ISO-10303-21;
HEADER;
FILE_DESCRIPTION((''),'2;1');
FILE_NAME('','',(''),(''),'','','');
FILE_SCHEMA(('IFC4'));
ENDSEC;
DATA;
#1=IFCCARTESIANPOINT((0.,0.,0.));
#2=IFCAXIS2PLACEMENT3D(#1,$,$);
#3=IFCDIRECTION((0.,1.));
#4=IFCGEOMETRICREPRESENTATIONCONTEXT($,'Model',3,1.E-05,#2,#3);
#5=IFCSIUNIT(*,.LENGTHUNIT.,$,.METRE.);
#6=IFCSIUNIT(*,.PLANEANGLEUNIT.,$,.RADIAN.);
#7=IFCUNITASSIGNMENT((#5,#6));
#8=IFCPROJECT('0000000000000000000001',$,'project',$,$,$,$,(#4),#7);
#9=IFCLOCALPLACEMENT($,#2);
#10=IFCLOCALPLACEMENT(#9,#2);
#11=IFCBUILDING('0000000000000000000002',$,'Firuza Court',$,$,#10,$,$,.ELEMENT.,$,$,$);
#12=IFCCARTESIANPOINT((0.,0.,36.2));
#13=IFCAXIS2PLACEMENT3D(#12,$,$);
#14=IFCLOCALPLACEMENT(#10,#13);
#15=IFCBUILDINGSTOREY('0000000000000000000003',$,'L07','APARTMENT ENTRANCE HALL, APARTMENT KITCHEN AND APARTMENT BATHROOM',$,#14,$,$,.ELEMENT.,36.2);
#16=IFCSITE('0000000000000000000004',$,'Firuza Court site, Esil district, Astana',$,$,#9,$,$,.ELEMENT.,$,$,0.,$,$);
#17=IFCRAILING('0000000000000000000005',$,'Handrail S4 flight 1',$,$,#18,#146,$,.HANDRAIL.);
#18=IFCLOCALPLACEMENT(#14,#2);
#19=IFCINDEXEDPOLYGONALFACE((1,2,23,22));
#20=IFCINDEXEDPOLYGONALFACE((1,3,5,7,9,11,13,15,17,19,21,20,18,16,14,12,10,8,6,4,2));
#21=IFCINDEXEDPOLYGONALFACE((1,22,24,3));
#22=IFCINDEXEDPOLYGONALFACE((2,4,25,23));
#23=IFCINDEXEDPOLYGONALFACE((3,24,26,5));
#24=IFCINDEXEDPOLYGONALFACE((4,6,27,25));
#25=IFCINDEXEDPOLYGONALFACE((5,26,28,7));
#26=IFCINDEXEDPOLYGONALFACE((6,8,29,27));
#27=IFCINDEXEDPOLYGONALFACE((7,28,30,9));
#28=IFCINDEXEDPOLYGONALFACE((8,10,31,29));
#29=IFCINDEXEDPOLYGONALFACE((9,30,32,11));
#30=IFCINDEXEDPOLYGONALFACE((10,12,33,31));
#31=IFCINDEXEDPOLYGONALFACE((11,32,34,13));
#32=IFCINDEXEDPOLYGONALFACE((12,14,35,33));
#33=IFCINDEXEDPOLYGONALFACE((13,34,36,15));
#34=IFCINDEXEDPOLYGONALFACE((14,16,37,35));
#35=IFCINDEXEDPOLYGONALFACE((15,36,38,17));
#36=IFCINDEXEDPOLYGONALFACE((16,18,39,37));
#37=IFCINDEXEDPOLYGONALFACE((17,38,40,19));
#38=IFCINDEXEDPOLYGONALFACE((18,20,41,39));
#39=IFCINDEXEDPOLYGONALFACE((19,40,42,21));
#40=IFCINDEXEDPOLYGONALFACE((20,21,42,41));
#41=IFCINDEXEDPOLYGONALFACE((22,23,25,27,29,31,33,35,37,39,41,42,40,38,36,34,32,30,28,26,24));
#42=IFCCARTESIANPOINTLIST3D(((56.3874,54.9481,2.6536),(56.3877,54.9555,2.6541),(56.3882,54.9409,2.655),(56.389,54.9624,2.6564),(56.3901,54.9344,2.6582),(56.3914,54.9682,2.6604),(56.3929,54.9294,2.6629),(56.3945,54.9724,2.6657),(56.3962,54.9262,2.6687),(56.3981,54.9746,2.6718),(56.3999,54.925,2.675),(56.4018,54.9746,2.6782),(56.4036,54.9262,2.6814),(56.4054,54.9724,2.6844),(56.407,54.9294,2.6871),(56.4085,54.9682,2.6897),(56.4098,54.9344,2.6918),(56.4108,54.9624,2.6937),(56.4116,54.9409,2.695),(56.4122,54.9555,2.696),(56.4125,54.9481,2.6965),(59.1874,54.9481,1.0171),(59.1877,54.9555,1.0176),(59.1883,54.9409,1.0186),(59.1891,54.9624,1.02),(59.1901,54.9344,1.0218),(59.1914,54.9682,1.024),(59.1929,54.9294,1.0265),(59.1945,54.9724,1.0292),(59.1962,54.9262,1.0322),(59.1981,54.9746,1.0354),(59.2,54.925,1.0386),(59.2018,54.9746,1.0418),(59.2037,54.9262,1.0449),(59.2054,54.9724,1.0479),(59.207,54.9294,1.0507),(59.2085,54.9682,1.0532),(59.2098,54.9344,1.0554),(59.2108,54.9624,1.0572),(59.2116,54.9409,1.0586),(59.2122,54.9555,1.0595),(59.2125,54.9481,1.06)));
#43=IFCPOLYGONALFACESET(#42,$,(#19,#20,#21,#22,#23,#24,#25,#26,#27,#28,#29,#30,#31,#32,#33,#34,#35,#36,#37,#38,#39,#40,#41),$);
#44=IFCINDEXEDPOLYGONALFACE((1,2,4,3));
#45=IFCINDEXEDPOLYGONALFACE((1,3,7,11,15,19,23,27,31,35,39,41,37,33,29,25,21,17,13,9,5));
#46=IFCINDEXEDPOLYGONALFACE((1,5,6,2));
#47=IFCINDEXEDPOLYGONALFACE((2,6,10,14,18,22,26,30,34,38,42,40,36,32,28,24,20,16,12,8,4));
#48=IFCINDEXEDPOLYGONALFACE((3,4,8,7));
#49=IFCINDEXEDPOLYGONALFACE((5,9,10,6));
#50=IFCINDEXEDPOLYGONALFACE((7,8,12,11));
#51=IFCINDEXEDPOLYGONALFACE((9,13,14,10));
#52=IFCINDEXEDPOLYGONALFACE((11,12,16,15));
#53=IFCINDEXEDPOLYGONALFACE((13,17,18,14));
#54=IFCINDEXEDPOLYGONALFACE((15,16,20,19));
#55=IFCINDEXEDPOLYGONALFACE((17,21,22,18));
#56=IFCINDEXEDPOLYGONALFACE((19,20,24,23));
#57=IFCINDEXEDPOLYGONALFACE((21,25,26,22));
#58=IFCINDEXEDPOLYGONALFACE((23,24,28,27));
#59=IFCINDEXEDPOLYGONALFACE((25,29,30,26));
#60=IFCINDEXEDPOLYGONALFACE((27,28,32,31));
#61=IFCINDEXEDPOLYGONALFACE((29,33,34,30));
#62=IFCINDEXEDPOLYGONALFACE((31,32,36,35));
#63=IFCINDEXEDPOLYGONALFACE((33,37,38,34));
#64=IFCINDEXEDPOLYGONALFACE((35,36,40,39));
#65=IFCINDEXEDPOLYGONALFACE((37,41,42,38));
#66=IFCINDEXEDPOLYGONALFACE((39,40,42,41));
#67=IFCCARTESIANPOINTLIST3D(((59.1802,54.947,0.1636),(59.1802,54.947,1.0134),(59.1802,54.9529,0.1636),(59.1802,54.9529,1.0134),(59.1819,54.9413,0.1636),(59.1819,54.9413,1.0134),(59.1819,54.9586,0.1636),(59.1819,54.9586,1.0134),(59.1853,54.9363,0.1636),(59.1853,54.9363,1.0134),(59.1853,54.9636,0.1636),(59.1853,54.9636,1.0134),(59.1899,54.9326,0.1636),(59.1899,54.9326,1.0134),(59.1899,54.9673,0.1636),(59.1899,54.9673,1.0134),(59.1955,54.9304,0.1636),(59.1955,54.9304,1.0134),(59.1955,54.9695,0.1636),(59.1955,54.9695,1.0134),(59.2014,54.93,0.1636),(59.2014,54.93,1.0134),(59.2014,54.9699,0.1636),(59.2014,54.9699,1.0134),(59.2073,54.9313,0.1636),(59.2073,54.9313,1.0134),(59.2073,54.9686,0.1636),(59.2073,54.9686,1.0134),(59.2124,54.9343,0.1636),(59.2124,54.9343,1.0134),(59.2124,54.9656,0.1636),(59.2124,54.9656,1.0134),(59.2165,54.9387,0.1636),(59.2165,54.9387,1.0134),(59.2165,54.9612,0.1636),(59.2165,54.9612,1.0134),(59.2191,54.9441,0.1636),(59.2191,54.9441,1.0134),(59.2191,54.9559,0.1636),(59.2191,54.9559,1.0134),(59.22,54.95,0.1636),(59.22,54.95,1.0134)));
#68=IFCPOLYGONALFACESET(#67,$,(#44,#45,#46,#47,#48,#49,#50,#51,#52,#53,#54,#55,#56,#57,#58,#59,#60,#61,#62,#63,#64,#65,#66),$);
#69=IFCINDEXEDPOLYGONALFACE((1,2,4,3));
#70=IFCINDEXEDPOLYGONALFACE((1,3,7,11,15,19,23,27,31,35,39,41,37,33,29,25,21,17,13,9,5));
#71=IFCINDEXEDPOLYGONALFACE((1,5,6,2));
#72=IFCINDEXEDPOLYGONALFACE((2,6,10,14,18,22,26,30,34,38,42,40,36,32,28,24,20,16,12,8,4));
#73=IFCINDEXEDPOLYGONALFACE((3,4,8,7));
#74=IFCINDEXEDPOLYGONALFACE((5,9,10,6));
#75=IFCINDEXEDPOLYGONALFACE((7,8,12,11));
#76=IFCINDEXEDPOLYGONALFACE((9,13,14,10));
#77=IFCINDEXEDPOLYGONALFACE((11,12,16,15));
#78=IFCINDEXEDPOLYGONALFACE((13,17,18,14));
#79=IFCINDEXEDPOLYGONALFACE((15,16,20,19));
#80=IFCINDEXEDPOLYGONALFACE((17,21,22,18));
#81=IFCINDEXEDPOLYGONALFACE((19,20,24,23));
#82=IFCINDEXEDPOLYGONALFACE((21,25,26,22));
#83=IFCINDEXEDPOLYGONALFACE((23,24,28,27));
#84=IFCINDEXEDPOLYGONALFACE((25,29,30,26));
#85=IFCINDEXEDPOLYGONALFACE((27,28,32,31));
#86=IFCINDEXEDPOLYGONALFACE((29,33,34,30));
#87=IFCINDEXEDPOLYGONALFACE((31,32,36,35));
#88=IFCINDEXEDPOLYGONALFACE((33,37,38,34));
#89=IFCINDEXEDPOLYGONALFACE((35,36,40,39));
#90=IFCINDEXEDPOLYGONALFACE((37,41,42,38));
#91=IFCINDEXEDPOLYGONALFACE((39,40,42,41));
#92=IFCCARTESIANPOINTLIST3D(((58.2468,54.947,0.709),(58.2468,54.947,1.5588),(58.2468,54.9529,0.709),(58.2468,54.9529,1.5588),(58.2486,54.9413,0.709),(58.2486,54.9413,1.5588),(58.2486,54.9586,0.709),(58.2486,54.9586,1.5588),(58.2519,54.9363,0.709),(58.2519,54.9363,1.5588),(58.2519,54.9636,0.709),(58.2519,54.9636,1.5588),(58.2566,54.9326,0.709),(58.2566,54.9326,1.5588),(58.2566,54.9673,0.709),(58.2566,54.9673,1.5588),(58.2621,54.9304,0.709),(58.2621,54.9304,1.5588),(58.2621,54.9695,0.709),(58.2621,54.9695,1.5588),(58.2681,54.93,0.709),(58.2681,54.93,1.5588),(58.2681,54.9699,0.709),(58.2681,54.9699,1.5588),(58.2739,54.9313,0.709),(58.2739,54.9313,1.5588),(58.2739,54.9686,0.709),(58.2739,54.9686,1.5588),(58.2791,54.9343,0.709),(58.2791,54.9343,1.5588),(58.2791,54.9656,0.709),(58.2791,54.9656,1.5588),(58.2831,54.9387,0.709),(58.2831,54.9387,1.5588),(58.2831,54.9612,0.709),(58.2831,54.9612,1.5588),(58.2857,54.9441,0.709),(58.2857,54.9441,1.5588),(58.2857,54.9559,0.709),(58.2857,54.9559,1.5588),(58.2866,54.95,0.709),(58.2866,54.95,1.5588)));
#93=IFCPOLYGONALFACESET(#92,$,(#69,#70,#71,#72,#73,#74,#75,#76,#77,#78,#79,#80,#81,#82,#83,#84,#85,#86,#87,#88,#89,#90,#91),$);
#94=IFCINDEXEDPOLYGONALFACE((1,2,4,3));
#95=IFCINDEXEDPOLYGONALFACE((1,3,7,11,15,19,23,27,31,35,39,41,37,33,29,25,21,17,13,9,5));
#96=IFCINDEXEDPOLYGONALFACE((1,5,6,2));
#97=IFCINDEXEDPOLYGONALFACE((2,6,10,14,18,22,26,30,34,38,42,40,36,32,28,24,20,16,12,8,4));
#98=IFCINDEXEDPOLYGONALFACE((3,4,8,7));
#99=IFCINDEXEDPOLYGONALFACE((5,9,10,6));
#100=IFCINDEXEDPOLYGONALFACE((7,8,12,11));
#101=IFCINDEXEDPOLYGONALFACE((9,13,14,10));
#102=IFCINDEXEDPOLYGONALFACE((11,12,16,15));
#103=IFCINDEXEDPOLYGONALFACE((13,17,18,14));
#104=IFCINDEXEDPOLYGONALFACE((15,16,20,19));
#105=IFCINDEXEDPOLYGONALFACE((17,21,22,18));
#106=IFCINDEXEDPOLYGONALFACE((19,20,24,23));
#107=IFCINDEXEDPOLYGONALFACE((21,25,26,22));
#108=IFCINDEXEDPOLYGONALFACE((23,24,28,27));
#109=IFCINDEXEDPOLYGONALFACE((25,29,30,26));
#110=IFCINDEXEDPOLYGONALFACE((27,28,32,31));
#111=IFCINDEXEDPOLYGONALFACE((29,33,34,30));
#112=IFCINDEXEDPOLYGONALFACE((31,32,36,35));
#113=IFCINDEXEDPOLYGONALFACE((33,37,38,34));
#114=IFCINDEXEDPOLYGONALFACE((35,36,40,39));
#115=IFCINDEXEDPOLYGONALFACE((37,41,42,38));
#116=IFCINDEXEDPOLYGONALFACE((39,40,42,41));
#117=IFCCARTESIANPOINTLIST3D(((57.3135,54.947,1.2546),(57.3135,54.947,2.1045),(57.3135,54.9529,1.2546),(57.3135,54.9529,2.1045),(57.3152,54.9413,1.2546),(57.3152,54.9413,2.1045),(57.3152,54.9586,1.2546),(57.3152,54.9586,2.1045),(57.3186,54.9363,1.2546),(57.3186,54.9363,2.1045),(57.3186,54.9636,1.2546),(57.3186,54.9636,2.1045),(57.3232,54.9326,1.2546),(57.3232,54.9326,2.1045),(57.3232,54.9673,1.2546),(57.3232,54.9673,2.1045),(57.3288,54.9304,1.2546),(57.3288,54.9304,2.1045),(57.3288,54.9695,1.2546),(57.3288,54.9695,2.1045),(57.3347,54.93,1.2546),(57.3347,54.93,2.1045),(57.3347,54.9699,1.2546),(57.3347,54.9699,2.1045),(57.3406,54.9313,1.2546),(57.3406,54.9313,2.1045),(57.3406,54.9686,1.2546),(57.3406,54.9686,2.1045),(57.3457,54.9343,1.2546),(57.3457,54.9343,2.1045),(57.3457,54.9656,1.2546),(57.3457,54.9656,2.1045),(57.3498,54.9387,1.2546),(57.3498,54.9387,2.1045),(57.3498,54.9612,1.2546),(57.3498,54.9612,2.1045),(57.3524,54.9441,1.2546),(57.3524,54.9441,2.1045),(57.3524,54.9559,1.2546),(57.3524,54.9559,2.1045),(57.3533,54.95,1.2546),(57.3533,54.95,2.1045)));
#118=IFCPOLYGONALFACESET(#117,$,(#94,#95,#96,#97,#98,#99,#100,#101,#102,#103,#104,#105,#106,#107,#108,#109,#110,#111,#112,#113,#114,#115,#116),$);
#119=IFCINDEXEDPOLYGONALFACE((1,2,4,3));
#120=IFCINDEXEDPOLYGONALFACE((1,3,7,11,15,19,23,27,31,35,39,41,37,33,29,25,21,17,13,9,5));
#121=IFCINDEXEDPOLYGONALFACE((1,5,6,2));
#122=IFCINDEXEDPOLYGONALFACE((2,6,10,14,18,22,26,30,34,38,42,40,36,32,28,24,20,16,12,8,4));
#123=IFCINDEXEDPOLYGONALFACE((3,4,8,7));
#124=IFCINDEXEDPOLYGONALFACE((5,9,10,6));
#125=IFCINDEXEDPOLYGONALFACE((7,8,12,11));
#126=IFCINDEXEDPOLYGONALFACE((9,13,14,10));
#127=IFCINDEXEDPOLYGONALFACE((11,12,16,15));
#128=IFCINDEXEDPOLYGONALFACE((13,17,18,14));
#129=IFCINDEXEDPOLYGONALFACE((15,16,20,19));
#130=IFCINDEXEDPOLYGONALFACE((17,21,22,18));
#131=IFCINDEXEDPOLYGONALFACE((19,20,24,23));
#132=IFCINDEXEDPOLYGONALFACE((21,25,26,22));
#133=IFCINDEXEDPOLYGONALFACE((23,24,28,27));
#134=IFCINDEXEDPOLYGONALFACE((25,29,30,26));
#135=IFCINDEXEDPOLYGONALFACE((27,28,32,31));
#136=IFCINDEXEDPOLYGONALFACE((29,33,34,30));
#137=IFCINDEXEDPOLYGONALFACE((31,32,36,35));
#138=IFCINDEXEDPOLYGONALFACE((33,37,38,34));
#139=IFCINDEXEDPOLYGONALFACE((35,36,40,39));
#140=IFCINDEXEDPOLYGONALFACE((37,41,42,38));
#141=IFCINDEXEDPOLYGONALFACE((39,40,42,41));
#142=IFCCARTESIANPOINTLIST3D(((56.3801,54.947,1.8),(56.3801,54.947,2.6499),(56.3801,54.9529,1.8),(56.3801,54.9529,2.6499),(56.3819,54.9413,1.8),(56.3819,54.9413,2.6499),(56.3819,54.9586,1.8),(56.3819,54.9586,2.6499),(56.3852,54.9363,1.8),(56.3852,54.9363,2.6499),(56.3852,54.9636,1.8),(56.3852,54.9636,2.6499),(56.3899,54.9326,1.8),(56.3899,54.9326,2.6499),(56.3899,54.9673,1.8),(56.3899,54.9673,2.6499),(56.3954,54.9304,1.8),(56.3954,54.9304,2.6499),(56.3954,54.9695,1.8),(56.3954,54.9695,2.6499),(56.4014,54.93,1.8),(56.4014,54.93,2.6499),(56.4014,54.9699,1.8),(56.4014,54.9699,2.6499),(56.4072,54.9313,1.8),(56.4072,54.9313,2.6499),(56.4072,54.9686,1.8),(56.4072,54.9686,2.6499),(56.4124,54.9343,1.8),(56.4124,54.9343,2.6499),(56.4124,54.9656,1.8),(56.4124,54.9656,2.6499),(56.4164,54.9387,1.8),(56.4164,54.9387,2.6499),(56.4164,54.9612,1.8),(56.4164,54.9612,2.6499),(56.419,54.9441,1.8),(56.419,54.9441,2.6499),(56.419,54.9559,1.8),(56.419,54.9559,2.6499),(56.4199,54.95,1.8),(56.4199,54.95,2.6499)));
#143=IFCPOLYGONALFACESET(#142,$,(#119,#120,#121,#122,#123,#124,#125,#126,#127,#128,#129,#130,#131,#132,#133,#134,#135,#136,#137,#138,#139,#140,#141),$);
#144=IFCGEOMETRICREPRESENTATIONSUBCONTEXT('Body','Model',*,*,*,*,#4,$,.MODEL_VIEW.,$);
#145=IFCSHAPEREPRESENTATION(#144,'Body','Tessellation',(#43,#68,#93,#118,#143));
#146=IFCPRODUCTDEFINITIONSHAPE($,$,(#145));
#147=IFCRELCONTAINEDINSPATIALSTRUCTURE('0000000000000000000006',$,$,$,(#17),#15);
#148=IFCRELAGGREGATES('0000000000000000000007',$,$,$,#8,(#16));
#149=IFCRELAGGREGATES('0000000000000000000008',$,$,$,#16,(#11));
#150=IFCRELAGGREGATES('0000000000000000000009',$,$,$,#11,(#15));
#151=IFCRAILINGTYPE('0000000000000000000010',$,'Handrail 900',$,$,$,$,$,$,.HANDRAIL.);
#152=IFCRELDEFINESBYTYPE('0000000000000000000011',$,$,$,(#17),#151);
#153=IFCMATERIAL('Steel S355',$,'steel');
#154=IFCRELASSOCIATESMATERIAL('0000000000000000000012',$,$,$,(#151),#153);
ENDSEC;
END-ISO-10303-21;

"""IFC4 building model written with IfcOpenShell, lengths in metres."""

from ifc_helpers import new_model, si_unit, direction, frame, origin, origin_2d, place, context, subcontext, project, spatial, circle, extrude, material, type_object, element, save


model = new_model("IFC4")

# Units and contexts
model_context = context("Model", 3, precision=1e-05, world=origin(), true_north=direction((0.0, 1.0)))
body_context = subcontext(model_context, "Body", "Model", "MODEL_VIEW")
ifc_project = project(units=[si_unit("LENGTHUNIT", "METRE"), si_unit("PLANEANGLEUNIT", "RADIAN")], contexts=[model_context])

# Site, building, storey
site_placement = place(None, origin())
site = spatial("IfcSite", under=ifc_project, at=site_placement, Name="Firuza Court site, Esil district, Astana", CompositionType="ELEMENT", RefElevation=0.0)
building_placement = place(site_placement, origin())
building = spatial("IfcBuilding", under=site, at=building_placement, Name="Firuza Court", CompositionType="ELEMENT")
storey_placement = place(building_placement, frame((0.0, 0.0, 36.2)))
storey = spatial("IfcBuildingStorey", under=building, at=storey_placement, Name="L07", Description="APARTMENT ENTRANCE HALL, APARTMENT KITCHEN AND APARTMENT BATHROOM", CompositionType="ELEMENT", Elevation=36.2)

# Railing
ifc_material_1 = material(Name="Steel S355", Category="steel")
railing_type_1 = type_object("IfcRailingType", Name="Handrail 900", PredefinedType="HANDRAIL", material=ifc_material_1)
railing_1_placement = place(storey_placement, frame((59.2, 54.95, 0.1636)))
element("IfcRailing", 1, at=railing_1_placement, inside=storey, type_object=railing_type_1, Name="Handrail S4 flight 1", PredefinedType="HANDRAIL", context=body_context, shape_type="SweptSolid", body=[
    extrude(circle(Radius=0.0249, at=origin_2d()), frame((0.0, 0.0, 0.875), z_axis=(-0.863361, 0.0, 0.504587), x_axis=(0.0, -1.0, 0.0)), (0.0, 0.0, 1.0), 3.2432),
    extrude(circle(Radius=0.02, at=origin_2d()), origin(), (0.0, 0.0, 1.0), 0.8499),
    extrude(circle(Radius=0.02, at=origin_2d()), frame((-0.9333, 0.0, 0.5454)), (0.0, 0.0, 1.0), 0.8499),
    extrude(circle(Radius=0.02, at=origin_2d()), frame((-1.8667, 0.0, 1.0911)), (0.0, 0.0, 1.0), 0.8499),
    extrude(circle(Radius=0.02, at=origin_2d()), frame((-2.8, 0.0, 1.6365)), (0.0, 0.0, 1.0), 0.8499),
])

save(model, "model.ifc")
